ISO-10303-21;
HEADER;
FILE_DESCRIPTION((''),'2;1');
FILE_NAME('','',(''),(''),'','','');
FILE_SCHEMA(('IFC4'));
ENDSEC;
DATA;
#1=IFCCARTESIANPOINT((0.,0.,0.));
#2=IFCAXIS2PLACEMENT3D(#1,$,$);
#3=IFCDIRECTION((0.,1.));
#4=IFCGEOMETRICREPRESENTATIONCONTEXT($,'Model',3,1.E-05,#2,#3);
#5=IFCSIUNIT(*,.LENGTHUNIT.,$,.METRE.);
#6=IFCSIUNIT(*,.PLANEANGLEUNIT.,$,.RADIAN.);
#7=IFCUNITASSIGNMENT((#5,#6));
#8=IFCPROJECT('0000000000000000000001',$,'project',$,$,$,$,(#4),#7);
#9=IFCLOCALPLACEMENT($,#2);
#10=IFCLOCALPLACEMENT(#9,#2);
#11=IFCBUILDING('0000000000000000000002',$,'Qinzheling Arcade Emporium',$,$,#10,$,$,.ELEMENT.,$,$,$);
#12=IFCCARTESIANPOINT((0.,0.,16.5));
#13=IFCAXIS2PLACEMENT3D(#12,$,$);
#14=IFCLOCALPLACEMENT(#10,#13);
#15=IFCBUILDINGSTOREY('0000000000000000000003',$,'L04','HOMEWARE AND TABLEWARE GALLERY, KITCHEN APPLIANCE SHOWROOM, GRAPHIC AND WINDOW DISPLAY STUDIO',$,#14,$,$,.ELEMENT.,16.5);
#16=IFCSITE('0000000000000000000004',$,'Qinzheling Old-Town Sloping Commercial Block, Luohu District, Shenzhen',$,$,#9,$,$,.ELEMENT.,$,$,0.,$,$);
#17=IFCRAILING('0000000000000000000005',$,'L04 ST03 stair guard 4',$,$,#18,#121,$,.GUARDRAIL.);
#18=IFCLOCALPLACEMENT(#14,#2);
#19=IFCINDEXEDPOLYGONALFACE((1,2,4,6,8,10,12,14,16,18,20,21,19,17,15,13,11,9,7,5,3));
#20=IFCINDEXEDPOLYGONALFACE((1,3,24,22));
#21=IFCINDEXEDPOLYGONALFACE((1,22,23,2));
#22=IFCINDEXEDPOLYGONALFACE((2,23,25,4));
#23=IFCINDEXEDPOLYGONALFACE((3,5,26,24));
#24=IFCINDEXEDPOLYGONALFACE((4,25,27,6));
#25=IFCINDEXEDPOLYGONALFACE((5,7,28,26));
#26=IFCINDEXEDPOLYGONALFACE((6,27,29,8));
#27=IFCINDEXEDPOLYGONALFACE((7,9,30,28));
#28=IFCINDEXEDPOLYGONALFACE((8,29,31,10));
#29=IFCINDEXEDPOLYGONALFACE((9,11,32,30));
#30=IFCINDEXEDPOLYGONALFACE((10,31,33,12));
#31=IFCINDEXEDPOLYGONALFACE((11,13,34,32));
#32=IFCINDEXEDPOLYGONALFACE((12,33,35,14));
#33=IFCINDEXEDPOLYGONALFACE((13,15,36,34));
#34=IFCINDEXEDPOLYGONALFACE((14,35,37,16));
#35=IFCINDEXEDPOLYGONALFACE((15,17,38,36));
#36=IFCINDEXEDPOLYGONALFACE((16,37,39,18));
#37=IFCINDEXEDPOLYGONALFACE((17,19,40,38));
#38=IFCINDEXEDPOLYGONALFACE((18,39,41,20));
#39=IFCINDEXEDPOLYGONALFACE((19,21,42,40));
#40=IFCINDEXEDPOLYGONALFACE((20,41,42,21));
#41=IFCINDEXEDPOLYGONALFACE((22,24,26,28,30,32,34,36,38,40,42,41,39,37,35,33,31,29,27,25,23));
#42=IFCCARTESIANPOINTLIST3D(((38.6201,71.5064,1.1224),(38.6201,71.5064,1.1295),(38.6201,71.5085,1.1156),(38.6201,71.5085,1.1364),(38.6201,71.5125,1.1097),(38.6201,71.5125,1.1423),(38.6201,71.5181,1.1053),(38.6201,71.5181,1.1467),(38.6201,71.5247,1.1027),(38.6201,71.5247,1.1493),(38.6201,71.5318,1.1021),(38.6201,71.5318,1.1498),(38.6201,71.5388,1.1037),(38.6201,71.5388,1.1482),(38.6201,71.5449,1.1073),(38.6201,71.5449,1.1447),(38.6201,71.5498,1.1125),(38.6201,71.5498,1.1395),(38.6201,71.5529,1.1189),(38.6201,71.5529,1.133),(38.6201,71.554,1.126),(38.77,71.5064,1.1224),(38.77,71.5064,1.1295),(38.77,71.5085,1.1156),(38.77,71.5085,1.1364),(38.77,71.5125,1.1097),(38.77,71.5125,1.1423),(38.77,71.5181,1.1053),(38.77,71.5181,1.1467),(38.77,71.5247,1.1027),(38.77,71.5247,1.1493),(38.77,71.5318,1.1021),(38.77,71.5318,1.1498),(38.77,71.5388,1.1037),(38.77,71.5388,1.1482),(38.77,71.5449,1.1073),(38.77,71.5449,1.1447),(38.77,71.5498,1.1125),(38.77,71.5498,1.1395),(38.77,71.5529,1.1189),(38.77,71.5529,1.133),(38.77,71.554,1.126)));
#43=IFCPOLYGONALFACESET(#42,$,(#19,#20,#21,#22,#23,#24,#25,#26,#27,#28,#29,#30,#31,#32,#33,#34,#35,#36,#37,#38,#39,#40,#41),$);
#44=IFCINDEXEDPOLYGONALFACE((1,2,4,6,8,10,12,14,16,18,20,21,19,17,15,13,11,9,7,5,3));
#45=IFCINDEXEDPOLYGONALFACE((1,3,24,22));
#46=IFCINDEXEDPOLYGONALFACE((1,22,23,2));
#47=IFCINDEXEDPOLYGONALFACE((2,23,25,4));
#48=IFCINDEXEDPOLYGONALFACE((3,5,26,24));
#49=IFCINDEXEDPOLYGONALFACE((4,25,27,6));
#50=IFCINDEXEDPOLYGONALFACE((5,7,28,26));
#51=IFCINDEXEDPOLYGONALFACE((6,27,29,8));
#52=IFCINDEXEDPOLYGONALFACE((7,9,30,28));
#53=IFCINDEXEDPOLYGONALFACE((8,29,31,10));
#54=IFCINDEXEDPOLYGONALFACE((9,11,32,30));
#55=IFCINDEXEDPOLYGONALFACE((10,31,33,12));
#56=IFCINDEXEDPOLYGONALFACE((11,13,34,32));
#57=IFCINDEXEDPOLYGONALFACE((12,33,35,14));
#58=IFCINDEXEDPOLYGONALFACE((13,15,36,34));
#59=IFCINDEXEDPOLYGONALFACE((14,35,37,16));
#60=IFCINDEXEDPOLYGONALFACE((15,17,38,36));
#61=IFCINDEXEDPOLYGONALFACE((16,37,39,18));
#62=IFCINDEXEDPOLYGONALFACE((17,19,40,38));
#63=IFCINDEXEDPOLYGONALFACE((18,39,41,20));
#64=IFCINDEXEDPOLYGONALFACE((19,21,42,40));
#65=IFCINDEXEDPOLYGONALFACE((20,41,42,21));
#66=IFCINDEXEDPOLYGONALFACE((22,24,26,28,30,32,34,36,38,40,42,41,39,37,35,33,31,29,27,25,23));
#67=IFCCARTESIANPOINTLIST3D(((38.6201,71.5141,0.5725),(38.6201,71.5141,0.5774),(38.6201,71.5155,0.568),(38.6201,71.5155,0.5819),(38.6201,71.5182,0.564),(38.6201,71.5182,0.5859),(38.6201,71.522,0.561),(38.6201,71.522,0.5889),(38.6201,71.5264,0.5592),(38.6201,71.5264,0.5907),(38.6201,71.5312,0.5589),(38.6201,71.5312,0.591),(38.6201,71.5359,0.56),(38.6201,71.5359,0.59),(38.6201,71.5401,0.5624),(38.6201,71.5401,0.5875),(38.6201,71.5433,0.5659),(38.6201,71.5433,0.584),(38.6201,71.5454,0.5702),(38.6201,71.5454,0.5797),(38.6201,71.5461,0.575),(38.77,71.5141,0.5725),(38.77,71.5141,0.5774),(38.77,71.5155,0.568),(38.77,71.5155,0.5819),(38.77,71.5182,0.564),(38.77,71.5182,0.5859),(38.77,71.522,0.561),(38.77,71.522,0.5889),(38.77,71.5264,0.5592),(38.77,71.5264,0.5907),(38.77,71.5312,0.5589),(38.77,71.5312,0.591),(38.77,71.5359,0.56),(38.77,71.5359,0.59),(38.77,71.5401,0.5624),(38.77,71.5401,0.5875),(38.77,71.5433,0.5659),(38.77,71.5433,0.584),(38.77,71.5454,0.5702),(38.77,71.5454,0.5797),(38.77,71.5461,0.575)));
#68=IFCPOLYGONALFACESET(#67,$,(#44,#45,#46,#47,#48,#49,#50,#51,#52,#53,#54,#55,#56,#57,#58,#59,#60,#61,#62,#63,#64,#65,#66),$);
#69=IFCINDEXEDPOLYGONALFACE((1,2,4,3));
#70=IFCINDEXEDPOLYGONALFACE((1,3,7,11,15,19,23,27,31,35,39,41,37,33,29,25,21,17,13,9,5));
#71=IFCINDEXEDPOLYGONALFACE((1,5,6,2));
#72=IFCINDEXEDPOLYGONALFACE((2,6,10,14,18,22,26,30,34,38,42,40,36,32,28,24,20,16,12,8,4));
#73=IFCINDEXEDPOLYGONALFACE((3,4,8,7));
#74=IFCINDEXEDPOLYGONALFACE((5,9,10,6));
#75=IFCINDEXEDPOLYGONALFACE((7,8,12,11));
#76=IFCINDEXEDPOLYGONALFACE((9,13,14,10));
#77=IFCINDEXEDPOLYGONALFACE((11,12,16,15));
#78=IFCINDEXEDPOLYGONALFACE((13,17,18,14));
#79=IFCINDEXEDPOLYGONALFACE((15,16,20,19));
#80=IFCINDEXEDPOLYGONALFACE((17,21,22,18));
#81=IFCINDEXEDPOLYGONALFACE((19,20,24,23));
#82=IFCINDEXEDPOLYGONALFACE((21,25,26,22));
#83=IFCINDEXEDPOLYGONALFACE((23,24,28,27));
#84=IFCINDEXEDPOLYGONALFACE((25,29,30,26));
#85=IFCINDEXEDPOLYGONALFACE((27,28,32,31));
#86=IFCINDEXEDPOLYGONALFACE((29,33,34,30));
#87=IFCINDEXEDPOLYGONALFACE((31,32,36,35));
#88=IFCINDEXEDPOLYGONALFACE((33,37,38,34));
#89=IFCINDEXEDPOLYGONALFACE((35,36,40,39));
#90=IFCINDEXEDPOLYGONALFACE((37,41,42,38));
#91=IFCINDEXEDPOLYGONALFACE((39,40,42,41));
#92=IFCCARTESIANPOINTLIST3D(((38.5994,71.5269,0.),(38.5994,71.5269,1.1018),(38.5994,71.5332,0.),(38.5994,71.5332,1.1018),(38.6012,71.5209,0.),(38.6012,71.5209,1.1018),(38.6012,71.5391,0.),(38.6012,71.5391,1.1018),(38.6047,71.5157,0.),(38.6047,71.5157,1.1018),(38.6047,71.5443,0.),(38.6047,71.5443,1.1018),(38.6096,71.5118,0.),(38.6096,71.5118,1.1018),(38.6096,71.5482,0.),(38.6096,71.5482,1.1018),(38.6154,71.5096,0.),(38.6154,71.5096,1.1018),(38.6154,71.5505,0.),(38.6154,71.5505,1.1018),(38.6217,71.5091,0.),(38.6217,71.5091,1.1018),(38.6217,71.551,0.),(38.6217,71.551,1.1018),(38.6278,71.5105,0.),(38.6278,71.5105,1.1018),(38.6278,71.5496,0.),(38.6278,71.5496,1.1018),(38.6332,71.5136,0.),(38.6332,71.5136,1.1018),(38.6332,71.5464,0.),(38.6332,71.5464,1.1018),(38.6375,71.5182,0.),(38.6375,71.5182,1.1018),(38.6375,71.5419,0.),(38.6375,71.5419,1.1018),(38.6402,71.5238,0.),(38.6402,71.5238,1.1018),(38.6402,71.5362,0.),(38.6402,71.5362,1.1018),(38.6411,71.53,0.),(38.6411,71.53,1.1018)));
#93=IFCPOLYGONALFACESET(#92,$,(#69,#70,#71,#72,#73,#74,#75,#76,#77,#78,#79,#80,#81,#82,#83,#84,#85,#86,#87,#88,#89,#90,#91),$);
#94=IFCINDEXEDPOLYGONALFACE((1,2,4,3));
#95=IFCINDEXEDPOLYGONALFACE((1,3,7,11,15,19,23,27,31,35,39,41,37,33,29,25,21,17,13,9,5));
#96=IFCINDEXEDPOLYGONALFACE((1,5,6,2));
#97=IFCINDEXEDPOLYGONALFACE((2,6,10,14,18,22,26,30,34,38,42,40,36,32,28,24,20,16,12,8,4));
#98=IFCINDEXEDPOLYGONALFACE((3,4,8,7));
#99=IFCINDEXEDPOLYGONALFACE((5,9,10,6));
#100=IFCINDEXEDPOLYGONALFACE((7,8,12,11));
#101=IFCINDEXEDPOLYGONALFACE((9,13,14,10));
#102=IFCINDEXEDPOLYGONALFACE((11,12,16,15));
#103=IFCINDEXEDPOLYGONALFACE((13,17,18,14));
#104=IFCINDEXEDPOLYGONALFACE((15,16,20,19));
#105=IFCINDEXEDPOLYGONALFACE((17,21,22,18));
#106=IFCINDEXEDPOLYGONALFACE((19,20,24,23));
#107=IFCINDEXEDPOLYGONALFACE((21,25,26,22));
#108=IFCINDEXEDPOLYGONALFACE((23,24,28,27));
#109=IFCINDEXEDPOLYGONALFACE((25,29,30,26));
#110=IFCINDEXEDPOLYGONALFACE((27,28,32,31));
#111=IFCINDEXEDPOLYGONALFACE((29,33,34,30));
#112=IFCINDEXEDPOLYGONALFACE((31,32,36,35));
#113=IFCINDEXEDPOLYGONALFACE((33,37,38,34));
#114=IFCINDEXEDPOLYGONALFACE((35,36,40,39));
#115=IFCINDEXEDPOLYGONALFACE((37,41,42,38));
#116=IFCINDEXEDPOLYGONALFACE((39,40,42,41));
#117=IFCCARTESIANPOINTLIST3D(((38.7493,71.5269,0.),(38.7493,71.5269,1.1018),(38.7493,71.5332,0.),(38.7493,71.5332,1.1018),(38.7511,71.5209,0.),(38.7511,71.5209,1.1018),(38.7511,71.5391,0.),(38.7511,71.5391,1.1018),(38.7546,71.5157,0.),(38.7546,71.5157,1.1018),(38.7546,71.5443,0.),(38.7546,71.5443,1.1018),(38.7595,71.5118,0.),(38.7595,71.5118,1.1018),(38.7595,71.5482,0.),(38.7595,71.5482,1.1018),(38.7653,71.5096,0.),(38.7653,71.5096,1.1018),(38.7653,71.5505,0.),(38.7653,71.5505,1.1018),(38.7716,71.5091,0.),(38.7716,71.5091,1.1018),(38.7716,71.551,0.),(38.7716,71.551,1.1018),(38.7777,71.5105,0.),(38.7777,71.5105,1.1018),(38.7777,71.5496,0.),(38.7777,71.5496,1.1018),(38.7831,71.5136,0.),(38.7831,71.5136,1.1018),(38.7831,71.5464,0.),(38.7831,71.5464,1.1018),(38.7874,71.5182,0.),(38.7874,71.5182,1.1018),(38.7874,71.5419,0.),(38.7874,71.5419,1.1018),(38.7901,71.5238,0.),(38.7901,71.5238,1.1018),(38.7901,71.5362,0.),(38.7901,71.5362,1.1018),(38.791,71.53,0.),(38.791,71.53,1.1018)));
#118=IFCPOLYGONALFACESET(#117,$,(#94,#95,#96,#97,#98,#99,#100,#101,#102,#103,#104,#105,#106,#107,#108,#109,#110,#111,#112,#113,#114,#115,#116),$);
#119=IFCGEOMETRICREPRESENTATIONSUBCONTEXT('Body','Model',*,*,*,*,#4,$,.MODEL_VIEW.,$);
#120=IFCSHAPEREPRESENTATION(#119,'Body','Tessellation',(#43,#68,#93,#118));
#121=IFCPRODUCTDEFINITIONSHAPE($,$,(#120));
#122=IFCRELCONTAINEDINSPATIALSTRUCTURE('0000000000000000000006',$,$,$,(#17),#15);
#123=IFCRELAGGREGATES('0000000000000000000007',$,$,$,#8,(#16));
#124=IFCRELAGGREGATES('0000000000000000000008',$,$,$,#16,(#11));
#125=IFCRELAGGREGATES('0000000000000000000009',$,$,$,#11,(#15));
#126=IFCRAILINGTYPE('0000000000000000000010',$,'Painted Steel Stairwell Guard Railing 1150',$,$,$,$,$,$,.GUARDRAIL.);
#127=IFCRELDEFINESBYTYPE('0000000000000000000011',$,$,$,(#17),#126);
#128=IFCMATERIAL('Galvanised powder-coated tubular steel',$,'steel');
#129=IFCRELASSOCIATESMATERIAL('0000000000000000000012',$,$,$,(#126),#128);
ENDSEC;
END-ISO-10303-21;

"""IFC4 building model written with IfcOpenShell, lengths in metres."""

from ifc_helpers import new_model, si_unit, direction, frame, origin, origin_2d, place, context, subcontext, project, spatial, circle, extrude, material, type_object, element, save


model = new_model("IFC4")

# Units and contexts
model_context = context("Model", 3, precision=1e-05, world=origin(), true_north=direction((0.0, 1.0)))
body_context = subcontext(model_context, "Body", "Model", "MODEL_VIEW")
ifc_project = project(units=[si_unit("LENGTHUNIT", "METRE"), si_unit("PLANEANGLEUNIT", "RADIAN")], contexts=[model_context])

# Site, building, storey
site_placement = place(None, origin())
site = spatial("IfcSite", under=ifc_project, at=site_placement, Name="Qinzheling Old-Town Sloping Commercial Block, Luohu District, Shenzhen", CompositionType="ELEMENT", RefElevation=0.0)
building_placement = place(site_placement, origin())
building = spatial("IfcBuilding", under=site, at=building_placement, Name="Qinzheling Arcade Emporium", CompositionType="ELEMENT")
storey_placement = place(building_placement, frame((0.0, 0.0, 16.5)))
storey = spatial("IfcBuildingStorey", under=building, at=storey_placement, Name="L04", Description="HOMEWARE AND TABLEWARE GALLERY, KITCHEN APPLIANCE SHOWROOM, GRAPHIC AND WINDOW DISPLAY STUDIO", CompositionType="ELEMENT", Elevation=16.5)

# Railing
ifc_material_1 = material(Name="Galvanised powder-coated tubular steel", Category="steel")
railing_type_1 = type_object("IfcRailingType", Name="Painted Steel Stairwell Guard Railing 1150", PredefinedType="GUARDRAIL", material=ifc_material_1)
railing_1_placement = place(storey_placement, frame((38.6201, 71.53, 0.0)))
element("IfcRailing", 1, at=railing_1_placement, inside=storey, type_object=railing_type_1, Name="L04 ST03 stair guard 4", PredefinedType="GUARDRAIL", context=body_context, shape_type="SweptSolid", body=[
    extrude(circle(Radius=0.0239, at=origin_2d()), frame((0.0, 0.0, 1.126), z_axis=(1.0, 0.0, 0.0), x_axis=(0.0, 1.0, 0.0)), (0.0, 0.0, 1.0), 0.1499),
    extrude(circle(Radius=0.0161, at=origin_2d()), frame((0.0, 0.0, 0.575), z_axis=(1.0, 0.0, 0.0), x_axis=(0.0, 1.0, 0.0)), (0.0, 0.0, 1.0), 0.1499),
    extrude(circle(Radius=0.021, at=origin_2d()), origin(), (0.0, 0.0, 1.0), 1.1018),
    extrude(circle(Radius=0.021, at=origin_2d()), frame((0.1499, 0.0, 0.0)), (0.0, 0.0, 1.0), 1.1018),
])

save(model, "model.ifc")
